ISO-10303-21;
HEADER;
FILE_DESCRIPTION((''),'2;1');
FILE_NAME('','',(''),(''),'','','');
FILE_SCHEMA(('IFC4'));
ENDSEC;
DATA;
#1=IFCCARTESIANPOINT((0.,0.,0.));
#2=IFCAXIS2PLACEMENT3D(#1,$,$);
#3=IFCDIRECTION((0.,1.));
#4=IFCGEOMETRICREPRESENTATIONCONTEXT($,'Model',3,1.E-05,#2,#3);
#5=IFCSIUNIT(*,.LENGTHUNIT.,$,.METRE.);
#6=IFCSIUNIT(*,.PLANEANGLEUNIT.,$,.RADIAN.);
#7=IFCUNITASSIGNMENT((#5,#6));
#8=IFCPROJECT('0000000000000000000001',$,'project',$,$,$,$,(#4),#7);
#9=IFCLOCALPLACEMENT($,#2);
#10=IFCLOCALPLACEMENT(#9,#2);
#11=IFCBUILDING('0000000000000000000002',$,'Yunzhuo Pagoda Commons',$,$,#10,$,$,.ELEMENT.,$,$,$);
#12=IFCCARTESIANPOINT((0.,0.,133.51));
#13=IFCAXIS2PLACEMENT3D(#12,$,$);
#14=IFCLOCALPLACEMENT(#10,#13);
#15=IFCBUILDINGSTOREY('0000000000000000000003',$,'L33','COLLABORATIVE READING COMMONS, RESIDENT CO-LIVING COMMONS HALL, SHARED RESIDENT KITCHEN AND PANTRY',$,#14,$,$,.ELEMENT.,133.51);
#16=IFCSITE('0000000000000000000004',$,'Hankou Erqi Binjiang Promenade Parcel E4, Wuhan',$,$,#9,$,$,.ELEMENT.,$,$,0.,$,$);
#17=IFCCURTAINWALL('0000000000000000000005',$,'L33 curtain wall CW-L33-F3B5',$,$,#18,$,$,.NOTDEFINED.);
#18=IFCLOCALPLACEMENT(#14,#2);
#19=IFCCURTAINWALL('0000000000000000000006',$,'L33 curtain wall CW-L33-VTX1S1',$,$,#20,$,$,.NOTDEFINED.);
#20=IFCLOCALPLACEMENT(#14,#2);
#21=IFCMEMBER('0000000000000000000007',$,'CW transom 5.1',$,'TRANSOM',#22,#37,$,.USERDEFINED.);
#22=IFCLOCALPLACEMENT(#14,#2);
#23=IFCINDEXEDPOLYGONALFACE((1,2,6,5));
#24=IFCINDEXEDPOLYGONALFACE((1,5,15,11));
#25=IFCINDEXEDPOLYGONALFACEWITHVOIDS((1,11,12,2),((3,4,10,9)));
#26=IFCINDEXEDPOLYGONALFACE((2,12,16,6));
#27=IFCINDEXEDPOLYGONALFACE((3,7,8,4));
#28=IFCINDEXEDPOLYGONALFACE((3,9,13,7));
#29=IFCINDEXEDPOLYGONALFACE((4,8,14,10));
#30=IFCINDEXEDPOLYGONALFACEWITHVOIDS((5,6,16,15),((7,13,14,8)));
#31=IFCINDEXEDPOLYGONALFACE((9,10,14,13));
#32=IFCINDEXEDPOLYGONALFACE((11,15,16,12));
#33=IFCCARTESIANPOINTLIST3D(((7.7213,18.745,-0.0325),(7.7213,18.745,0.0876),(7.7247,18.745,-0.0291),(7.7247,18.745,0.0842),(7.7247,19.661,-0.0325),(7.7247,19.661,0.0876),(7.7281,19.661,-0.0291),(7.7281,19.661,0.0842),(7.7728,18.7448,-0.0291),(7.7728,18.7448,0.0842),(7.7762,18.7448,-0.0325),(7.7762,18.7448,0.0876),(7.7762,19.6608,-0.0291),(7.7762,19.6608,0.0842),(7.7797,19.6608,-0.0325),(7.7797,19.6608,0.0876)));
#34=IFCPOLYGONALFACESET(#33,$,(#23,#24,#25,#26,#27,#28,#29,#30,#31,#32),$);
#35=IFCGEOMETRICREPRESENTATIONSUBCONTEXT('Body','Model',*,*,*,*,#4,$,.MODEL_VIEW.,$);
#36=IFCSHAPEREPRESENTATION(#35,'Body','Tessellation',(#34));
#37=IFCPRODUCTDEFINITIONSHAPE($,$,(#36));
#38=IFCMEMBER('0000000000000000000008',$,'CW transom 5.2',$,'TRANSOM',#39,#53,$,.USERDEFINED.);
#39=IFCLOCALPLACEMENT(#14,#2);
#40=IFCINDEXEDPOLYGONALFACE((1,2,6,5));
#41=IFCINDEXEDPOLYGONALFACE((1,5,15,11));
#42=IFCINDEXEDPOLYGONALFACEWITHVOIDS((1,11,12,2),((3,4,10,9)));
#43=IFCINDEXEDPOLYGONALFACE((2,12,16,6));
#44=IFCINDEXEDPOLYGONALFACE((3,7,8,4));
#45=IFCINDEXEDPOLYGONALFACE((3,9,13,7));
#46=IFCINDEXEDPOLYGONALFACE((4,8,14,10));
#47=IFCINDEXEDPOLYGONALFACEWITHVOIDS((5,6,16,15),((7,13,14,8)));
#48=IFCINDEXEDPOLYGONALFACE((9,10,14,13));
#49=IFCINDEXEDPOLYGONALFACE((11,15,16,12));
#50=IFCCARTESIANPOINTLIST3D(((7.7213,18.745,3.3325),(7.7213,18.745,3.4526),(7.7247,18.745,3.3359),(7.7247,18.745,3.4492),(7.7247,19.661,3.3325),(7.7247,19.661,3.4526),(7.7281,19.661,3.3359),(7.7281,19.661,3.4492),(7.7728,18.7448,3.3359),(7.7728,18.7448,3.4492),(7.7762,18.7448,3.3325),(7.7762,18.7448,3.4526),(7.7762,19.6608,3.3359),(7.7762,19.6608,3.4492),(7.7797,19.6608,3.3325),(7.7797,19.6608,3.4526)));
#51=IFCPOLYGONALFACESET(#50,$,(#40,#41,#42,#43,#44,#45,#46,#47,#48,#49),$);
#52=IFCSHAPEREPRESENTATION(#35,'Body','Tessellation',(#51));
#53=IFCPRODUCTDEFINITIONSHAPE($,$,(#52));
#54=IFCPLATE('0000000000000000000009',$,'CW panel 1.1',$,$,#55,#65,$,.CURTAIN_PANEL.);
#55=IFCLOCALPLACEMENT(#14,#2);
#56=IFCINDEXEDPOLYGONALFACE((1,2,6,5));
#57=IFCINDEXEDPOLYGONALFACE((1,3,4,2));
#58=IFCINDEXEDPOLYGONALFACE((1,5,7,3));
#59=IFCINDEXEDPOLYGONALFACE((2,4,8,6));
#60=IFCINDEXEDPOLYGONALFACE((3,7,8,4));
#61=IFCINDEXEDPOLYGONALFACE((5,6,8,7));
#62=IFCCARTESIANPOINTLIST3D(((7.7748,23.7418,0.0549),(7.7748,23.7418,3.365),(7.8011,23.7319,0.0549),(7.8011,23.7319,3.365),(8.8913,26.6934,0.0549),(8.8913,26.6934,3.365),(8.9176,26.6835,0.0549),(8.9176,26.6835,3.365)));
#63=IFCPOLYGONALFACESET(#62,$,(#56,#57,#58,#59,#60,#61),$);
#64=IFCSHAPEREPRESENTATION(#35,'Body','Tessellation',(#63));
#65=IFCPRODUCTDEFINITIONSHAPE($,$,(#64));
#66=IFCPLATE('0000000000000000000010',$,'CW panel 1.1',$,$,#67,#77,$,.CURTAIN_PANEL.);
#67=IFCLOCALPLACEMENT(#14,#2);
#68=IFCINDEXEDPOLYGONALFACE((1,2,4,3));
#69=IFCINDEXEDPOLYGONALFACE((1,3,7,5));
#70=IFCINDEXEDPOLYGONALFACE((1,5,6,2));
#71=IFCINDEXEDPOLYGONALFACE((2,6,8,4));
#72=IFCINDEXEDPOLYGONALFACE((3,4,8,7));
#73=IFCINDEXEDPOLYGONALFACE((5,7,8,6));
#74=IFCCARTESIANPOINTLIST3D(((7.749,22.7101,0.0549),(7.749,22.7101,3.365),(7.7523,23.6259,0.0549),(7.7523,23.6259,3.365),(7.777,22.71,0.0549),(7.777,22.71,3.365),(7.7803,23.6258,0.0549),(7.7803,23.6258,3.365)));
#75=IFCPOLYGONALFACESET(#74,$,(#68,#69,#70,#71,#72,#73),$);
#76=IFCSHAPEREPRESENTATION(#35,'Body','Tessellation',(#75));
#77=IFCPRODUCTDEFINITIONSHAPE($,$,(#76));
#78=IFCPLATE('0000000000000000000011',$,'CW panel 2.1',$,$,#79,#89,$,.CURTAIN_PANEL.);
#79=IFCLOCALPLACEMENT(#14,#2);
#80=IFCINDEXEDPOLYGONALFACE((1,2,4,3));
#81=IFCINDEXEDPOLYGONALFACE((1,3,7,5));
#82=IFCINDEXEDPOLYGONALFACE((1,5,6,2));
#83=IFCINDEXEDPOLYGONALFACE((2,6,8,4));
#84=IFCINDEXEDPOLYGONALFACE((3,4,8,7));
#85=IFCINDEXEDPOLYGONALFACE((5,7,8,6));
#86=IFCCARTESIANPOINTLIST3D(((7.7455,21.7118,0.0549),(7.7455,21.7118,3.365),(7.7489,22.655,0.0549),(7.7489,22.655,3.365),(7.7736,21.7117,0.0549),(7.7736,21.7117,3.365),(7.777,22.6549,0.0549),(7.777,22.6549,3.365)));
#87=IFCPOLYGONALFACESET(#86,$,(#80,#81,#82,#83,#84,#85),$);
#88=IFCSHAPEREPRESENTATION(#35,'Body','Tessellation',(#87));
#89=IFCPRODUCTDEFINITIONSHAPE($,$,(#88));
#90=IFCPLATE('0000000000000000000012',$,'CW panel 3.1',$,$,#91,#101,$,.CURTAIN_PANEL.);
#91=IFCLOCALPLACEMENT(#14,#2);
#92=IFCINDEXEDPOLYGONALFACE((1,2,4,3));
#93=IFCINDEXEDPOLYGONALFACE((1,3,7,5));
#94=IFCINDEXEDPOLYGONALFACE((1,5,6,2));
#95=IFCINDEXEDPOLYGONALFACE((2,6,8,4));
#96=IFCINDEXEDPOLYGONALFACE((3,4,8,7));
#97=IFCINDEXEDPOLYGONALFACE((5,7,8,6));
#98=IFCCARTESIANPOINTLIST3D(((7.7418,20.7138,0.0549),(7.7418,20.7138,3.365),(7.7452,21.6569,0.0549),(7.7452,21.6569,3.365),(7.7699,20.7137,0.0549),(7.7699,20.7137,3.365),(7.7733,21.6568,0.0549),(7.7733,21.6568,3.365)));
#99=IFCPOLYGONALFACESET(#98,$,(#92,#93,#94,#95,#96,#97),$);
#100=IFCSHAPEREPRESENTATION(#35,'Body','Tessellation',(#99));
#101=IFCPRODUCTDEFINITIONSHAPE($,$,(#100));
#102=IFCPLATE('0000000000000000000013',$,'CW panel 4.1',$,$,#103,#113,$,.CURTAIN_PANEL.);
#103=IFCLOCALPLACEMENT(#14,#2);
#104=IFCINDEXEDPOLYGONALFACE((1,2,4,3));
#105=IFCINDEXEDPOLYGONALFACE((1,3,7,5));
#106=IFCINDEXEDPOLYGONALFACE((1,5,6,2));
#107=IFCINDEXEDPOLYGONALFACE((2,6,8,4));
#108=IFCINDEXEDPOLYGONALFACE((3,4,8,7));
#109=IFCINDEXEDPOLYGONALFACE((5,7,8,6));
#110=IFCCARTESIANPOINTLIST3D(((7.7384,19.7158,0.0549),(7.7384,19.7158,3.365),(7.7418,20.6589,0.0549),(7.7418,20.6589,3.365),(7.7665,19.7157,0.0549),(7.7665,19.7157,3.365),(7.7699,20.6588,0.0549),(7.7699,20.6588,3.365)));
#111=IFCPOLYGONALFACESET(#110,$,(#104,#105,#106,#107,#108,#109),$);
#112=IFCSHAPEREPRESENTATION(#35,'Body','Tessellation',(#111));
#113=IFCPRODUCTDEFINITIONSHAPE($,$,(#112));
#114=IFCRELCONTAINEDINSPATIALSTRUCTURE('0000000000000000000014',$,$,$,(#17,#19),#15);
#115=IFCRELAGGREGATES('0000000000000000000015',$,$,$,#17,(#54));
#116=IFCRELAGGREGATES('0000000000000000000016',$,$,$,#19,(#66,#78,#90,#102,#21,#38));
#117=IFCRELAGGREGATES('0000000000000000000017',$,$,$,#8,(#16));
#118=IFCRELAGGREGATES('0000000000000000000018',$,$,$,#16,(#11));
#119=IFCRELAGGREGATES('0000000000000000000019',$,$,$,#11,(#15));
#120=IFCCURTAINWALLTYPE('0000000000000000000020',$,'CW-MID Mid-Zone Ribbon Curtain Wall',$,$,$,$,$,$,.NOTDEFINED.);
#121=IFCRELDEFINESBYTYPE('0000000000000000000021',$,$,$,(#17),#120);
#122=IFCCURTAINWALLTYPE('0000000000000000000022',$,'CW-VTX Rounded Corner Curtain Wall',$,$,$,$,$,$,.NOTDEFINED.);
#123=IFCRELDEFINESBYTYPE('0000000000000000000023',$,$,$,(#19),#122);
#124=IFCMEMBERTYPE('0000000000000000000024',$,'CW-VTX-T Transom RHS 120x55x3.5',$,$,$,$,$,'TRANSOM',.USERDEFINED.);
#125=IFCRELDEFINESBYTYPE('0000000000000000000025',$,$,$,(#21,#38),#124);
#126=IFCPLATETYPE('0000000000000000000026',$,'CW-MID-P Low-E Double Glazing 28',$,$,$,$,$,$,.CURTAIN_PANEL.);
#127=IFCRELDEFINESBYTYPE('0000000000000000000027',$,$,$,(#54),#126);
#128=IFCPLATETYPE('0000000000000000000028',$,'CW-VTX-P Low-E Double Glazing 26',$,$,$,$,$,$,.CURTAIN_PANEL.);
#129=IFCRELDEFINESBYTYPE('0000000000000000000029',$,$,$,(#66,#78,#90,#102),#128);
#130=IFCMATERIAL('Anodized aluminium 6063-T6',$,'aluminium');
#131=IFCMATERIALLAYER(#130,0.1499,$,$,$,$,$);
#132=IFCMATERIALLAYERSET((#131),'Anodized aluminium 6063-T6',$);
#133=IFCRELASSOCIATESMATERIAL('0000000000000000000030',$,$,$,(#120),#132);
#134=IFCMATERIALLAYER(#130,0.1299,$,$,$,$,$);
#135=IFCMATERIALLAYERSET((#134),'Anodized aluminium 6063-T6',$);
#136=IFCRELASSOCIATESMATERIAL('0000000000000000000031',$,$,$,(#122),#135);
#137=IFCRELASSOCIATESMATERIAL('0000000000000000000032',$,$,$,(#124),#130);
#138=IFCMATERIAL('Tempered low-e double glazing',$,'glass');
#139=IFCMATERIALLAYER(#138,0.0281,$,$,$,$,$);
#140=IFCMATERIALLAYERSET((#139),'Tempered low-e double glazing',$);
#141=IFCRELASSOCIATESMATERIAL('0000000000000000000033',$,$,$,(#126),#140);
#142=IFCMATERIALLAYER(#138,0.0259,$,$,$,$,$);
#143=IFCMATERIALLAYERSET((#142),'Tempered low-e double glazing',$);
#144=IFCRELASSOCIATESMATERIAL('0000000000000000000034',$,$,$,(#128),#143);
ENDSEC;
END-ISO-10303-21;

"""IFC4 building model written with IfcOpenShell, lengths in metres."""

from ifc_helpers import new_model, si_unit, direction, frame, origin, origin_2d, place, context, subcontext, project, spatial, rectangle, hollow_rectangle, extrude, source, transform, mapped, material, layer, layer_set, material_profile, profile_set, type_object, element, aggregate, save


model = new_model("IFC4")

# Units and contexts
model_context = context("Model", 3, precision=1e-05, world=origin(), true_north=direction((0.0, 1.0)))
body_context = subcontext(model_context, "Body", "Model", "MODEL_VIEW")
ifc_project = project(units=[si_unit("LENGTHUNIT", "METRE"), si_unit("PLANEANGLEUNIT", "RADIAN")], contexts=[model_context])

# Site, building, storey
site_placement = place(None, origin())
site = spatial("IfcSite", under=ifc_project, at=site_placement, Name="Hankou Erqi Binjiang Promenade Parcel E4, Wuhan", CompositionType="ELEMENT", RefElevation=0.0)
building_placement = place(site_placement, origin())
building = spatial("IfcBuilding", under=site, at=building_placement, Name="Yunzhuo Pagoda Commons", CompositionType="ELEMENT")
storey_placement = place(building_placement, frame((0.0, 0.0, 133.51)))
storey = spatial("IfcBuildingStorey", under=building, at=storey_placement, Name="L33", Description="COLLABORATIVE READING COMMONS, RESIDENT CO-LIVING COMMONS HALL, SHARED RESIDENT KITCHEN AND PANTRY", CompositionType="ELEMENT", Elevation=133.51)

# Shared definitions
ifc_material_1 = material(Name="Anodized aluminium 6063-T6", Category="aluminium")
ifc_layer_1 = layer(ifc_material_1, 0.1499)
ifc_layer_set_1 = layer_set([ifc_layer_1], Name="Anodized aluminium 6063-T6")
curtain_wall_type_1 = type_object("IfcCurtainWallType", Name="CW-MID Mid-Zone Ribbon Curtain Wall", PredefinedType="NOTDEFINED", material=ifc_layer_set_1)

# Curtain walls, members
curtain_wall_1_placement = place(storey_placement, origin())
curtain_wall_1 = element("IfcCurtainWall", 1, at=curtain_wall_1_placement, inside=storey, type_object=curtain_wall_type_1, Name="L33 curtain wall CW-L33-F3B5", PredefinedType="NOTDEFINED")
ifc_layer_2 = layer(ifc_material_1, 0.1299)
ifc_layer_set_2 = layer_set([ifc_layer_2], Name="Anodized aluminium 6063-T6")
curtain_wall_type_2 = type_object("IfcCurtainWallType", Name="CW-VTX Rounded Corner Curtain Wall", PredefinedType="NOTDEFINED", material=ifc_layer_set_2)
curtain_wall_2_placement = place(storey_placement, origin())
curtain_wall_2 = element("IfcCurtainWall", 2, at=curtain_wall_2_placement, inside=storey, type_object=curtain_wall_type_2, Name="L33 curtain wall CW-L33-VTX1S1", PredefinedType="NOTDEFINED")
ifc_material_profile_1 = material_profile(ifc_material_1, hollow_rectangle(XDim=0.0549, YDim=0.1201, WallThickness=0.0034, at=origin_2d()), Name="Anodized aluminium 6063-T6")
ifc_profile_set_1 = profile_set([ifc_material_profile_1], Name="Anodized aluminium 6063-T6")
member_type_1 = type_object("IfcMemberType", Name="CW-VTX-T Transom RHS 120x55x3.5", ElementType="TRANSOM", PredefinedType="USERDEFINED", material=ifc_profile_set_1)
shared_shape_1 = source(origin(), body_context, "Body", "SweptSolid", [
    extrude(hollow_rectangle(XDim=0.0549, YDim=0.1201, WallThickness=0.0034, at=origin_2d()), origin(), (0.0, 0.0, 1.0), 0.916),
])
member_1_placement = place(storey_placement, frame((7.7522, 19.6609, 0.0276), z_axis=(-0.003731, -0.999993, 0.0), x_axis=(0.999993, -0.003731, 0.0)))
member_1 = element("IfcMember", 3, at=member_1_placement, type_object=member_type_1, Name="CW transom 5.1", ObjectType="TRANSOM", PredefinedType="USERDEFINED", context=body_context, shape_type="MappedRepresentation", body=[
    mapped(shared_shape_1, transform((0.0, 0.0, 0.0), scale=1.0)),
])
member_2_placement = place(storey_placement, frame((7.7522, 19.6609, 3.3926), z_axis=(-0.003731, -0.999993, 0.0), x_axis=(0.999993, -0.003731, 0.0)))
member_2 = element("IfcMember", 4, at=member_2_placement, type_object=member_type_1, Name="CW transom 5.2", ObjectType="TRANSOM", PredefinedType="USERDEFINED", context=body_context, shape_type="MappedRepresentation", body=[
    mapped(shared_shape_1, transform((0.0, 0.0, 0.0), scale=1.0)),
])

# Plates
ifc_material_2 = material(Name="Tempered low-e double glazing", Category="glass")
ifc_layer_3 = layer(ifc_material_2, 0.0281)
ifc_layer_set_3 = layer_set([ifc_layer_3], Name="Tempered low-e double glazing")
plate_type_1 = type_object("IfcPlateType", Name="CW-MID-P Low-E Double Glazing 28", PredefinedType="CURTAIN_PANEL", material=ifc_layer_set_3)
shared_shape_2 = source(origin(), body_context, "Body", "SweptSolid", [
    extrude(rectangle(XDim=3.1558, YDim=0.0281, at=origin_2d()), origin(), (0.0, 0.0, 1.0), 3.3101),
])
plate_1_placement = place(storey_placement, frame((8.3462, 25.2126, 0.0549), z_axis=(0.0, 0.0, 1.0), x_axis=(-0.353798, -0.935322, 0.0)))
plate_1 = element("IfcPlate", 5, at=plate_1_placement, type_object=plate_type_1, Name="CW panel 1.1", PredefinedType="CURTAIN_PANEL", context=body_context, shape_type="MappedRepresentation", body=[
    mapped(shared_shape_2, transform((0.0, 0.0, 0.0), scale=1.0)),
])
aggregate(curtain_wall_1, [plate_1])
ifc_layer_4 = layer(ifc_material_2, 0.0259)
ifc_layer_set_4 = layer_set([ifc_layer_4], Name="Tempered low-e double glazing")
plate_type_2 = type_object("IfcPlateType", Name="CW-VTX-P Low-E Double Glazing 26", PredefinedType="CURTAIN_PANEL", material=ifc_layer_set_4)
shared_shape_3 = source(origin(), body_context, "Body", "SweptSolid", [
    extrude(rectangle(XDim=0.9158, YDim=0.0281, at=origin_2d()), origin(), (0.0, 0.0, 1.0), 3.3101),
])
plate_2_placement = place(storey_placement, frame((7.7646, 23.168, 0.0549), z_axis=(0.0, 0.0, 1.0), x_axis=(-0.003587, -0.999994, 0.0)))
plate_2 = element("IfcPlate", 6, at=plate_2_placement, type_object=plate_type_2, Name="CW panel 1.1", PredefinedType="CURTAIN_PANEL", context=body_context, shape_type="MappedRepresentation", body=[
    mapped(shared_shape_3, transform((0.0, 0.0, 0.0), scale=1.0)),
])
shared_shape_4 = source(origin(), body_context, "Body", "SweptSolid", [
    extrude(rectangle(XDim=0.9431, YDim=0.0281, at=origin_2d()), origin(), (0.0, 0.0, 1.0), 3.3101),
])
plate_3_placement = place(storey_placement, frame((7.7612, 22.1833, 0.0549), z_axis=(0.0, 0.0, 1.0), x_axis=(-0.003587, -0.999994, 0.0)))
plate_3 = element("IfcPlate", 7, at=plate_3_placement, type_object=plate_type_2, Name="CW panel 2.1", PredefinedType="CURTAIN_PANEL", context=body_context, shape_type="MappedRepresentation", body=[
    mapped(shared_shape_4, transform((0.0, 0.0, 0.0), scale=1.0)),
])
plate_4_placement = place(storey_placement, frame((7.7576, 21.1853, 0.0549), z_axis=(0.0, 0.0, 1.0), x_axis=(-0.003587, -0.999994, 0.0)))
plate_4 = element("IfcPlate", 8, at=plate_4_placement, type_object=plate_type_2, Name="CW panel 3.1", PredefinedType="CURTAIN_PANEL", context=body_context, shape_type="MappedRepresentation", body=[
    mapped(shared_shape_4, transform((0.0, 0.0, 0.0), scale=1.0)),
])
plate_5_placement = place(storey_placement, frame((7.7542, 20.1873, 0.0549), z_axis=(0.0, 0.0, 1.0), x_axis=(-0.003587, -0.999994, 0.0)))
plate_5 = element("IfcPlate", 9, at=plate_5_placement, type_object=plate_type_2, Name="CW panel 4.1", PredefinedType="CURTAIN_PANEL", context=body_context, shape_type="MappedRepresentation", body=[
    mapped(shared_shape_4, transform((0.0, 0.0, 0.0), scale=1.0)),
])
aggregate(curtain_wall_2, [plate_2, plate_3, plate_4, plate_5, member_1, member_2])

save(model, "model.ifc")
